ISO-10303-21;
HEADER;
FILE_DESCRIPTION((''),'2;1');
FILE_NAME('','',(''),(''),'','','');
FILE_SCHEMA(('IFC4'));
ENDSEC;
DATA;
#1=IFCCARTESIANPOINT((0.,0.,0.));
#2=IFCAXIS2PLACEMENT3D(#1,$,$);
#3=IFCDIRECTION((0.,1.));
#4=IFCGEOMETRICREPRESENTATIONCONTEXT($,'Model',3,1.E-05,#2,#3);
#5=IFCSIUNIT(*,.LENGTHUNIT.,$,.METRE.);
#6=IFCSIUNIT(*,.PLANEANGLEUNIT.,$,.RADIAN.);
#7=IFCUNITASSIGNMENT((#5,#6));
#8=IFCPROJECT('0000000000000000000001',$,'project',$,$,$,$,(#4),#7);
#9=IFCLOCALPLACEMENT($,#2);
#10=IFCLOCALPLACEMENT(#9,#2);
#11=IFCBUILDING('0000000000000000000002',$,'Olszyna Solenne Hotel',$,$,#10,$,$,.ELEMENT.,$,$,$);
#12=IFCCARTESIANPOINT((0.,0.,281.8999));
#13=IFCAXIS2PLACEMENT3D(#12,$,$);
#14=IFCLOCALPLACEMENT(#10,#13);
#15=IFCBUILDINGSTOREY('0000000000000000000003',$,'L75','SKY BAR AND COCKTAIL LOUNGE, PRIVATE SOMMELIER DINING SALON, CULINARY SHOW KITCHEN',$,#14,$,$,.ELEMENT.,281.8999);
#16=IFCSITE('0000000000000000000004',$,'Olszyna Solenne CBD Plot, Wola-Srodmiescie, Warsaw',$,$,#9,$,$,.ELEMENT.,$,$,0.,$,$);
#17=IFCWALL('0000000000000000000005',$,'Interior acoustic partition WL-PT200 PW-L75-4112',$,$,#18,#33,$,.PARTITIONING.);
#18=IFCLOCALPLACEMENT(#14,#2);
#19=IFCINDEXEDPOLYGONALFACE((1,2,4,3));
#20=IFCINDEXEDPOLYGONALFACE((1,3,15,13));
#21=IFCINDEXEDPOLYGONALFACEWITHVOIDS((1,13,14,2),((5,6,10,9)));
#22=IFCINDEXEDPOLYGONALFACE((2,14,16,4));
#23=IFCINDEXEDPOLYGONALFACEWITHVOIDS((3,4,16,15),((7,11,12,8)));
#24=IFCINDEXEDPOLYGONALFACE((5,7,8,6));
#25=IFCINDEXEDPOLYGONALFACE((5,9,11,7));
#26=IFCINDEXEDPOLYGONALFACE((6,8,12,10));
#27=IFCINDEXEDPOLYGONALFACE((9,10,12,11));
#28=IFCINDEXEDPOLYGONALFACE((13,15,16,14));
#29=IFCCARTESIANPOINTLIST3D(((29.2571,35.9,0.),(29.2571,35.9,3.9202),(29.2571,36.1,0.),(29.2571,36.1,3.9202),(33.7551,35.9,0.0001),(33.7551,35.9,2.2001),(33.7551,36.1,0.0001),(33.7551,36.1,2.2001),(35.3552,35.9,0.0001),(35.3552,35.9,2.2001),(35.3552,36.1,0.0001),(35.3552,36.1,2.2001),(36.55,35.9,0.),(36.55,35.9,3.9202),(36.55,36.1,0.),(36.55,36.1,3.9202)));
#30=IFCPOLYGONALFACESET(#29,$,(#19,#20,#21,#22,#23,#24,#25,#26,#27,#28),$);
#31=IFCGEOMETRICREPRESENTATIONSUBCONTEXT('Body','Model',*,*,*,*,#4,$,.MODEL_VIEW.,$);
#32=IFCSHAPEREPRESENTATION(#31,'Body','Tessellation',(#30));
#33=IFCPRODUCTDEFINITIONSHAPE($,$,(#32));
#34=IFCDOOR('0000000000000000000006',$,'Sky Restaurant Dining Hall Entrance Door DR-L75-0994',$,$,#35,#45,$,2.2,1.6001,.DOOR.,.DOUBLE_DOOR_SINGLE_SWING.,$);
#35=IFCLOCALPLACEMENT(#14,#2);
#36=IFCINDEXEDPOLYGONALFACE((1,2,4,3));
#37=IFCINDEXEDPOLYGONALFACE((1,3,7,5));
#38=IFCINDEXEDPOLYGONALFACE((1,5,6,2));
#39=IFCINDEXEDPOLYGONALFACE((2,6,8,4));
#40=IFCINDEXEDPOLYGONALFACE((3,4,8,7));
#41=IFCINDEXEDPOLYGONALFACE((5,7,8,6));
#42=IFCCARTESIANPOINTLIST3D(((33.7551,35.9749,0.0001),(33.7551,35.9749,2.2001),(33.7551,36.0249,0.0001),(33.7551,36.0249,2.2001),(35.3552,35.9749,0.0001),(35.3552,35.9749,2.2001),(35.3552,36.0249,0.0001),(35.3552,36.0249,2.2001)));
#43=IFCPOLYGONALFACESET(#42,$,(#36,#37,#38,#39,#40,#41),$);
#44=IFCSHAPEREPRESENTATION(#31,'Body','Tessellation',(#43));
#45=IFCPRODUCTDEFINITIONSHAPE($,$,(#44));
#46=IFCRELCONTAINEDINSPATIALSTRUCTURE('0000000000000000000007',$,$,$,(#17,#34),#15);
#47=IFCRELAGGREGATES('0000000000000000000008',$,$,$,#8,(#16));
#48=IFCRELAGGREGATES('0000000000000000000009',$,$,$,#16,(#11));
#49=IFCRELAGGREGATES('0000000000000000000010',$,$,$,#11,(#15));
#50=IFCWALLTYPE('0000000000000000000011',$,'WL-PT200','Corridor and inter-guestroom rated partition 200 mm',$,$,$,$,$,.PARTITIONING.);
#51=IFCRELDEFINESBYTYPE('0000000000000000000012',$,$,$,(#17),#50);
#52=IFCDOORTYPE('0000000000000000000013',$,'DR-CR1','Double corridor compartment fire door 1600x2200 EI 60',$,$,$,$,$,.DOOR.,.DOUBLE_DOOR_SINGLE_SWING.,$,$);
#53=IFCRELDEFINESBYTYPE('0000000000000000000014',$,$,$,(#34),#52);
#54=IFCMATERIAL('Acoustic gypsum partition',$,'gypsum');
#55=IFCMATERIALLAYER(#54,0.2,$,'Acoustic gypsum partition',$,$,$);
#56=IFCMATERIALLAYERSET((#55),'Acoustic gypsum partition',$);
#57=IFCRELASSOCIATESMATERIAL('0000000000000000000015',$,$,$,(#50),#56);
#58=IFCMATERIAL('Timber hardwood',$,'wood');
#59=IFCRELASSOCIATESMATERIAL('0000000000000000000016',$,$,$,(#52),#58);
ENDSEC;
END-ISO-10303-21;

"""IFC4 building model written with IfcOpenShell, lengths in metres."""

from ifc_helpers import new_model, si_unit, direction, frame, frame_2d, origin, place, context, subcontext, project, spatial, rectangle, extrude, source, transform, mapped, material, layer, layer_set, type_object, type_shapes, element, fill, save


model = new_model("IFC4")

# Units and contexts
model_context = context("Model", 3, precision=1e-05, world=origin(), true_north=direction((0.0, 1.0)))
body_context = subcontext(model_context, "Body", "Model", "MODEL_VIEW")
ifc_project = project(units=[si_unit("LENGTHUNIT", "METRE"), si_unit("PLANEANGLEUNIT", "RADIAN")], contexts=[model_context])

# Site, building, storey
site_placement = place(None, origin())
site = spatial("IfcSite", under=ifc_project, at=site_placement, Name="Olszyna Solenne CBD Plot, Wola-Srodmiescie, Warsaw", CompositionType="ELEMENT", RefElevation=0.0)
building_placement = place(site_placement, origin())
building = spatial("IfcBuilding", under=site, at=building_placement, Name="Olszyna Solenne Hotel", CompositionType="ELEMENT")
storey_placement = place(building_placement, frame((0.0, 0.0, 281.8999)))
storey = spatial("IfcBuildingStorey", under=building, at=storey_placement, Name="L75", Description="SKY BAR AND COCKTAIL LOUNGE, PRIVATE SOMMELIER DINING SALON, CULINARY SHOW KITCHEN", CompositionType="ELEMENT", Elevation=281.8999)

# Shared definitions
ifc_material_1 = material(Name="Acoustic gypsum partition", Category="gypsum")

# Shared definitions
ifc_layer_1 = layer(ifc_material_1, 0.2, Name="Acoustic gypsum partition")
ifc_layer_set_1 = layer_set([ifc_layer_1], Name="Acoustic gypsum partition")
wall_type_1 = type_object("IfcWallType", Name="WL-PT200", Description="Corridor and inter-guestroom rated partition 200 mm", PredefinedType="PARTITIONING", material=ifc_layer_set_1)

# Wall, opening, door
wall_1_placement = place(storey_placement, frame((29.2571, 36.0, 0.0), z_axis=(0.0, 0.0, 1.0), x_axis=(1.0, 0.0, 0.0)))
wall_1 = element("IfcWall", 1, at=wall_1_placement, inside=storey, type_object=wall_type_1, Name="Interior acoustic partition WL-PT200 PW-L75-4112", PredefinedType="PARTITIONING", context=body_context, shape_type="SweptSolid", body=[
    extrude(rectangle(XDim=7.293, YDim=0.2, at=frame_2d((3.6465, 0.0))), origin(), (0.0, 0.0, 1.0), 3.9202),
])
opening_1_placement = place(wall_1_placement, frame((4.498, 0.0, 0.0)))
opening_1 = element("IfcOpeningElement", 2, at=opening_1_placement, cuts=wall_1, PredefinedType="OPENING", context=body_context, shape_type="SweptSolid", body=[
    extrude(rectangle(XDim=1.6001, YDim=2.2, at=frame_2d((0.8, 1.1001))), frame((0.0, 0.1099, 0.0), z_axis=(0.0, -1.0, 0.0), x_axis=(1.0, 0.0, 0.0)), (0.0, 0.0, 1.0), 0.22),
])
ifc_material_2 = material(Name="Timber hardwood", Category="wood")
door_type_1 = type_object("IfcDoorType", Name="DR-CR1", Description="Double corridor compartment fire door 1600x2200 EI 60", OperationType="DOUBLE_DOOR_SINGLE_SWING", PredefinedType="DOOR", material=ifc_material_2)
shared_shape_1 = source(origin(), body_context, "Body", "SweptSolid", [
    extrude(rectangle(XDim=1.6001, YDim=2.2, at=frame_2d((0.8, 1.1001))), frame((0.0, 0.0249, 0.0), z_axis=(0.0, -1.0, 0.0), x_axis=(1.0, 0.0, 0.0)), (0.0, 0.0, 1.0), 0.05),
])
type_shapes(door_type_1, [shared_shape_1])
door_1_placement = place(opening_1_placement, origin())
door_1 = element("IfcDoor", 3, at=door_1_placement, inside=storey, type_object=door_type_1, Name="Sky Restaurant Dining Hall Entrance Door DR-L75-0994", OperationType="DOUBLE_DOOR_SINGLE_SWING", OverallHeight=2.2, OverallWidth=1.6001, PredefinedType="DOOR", context=body_context, shape_type="MappedRepresentation", body=[
    mapped(shared_shape_1, transform((0.0, 0.0, 0.0), x_axis=(1.0, 0.0, 0.0), y_axis=(0.0, 1.0, 0.0), z_axis=(0.0, 0.0, 1.0), scale=1.0)),
])
fill(opening_1, door_1)

save(model, "model.ifc")
